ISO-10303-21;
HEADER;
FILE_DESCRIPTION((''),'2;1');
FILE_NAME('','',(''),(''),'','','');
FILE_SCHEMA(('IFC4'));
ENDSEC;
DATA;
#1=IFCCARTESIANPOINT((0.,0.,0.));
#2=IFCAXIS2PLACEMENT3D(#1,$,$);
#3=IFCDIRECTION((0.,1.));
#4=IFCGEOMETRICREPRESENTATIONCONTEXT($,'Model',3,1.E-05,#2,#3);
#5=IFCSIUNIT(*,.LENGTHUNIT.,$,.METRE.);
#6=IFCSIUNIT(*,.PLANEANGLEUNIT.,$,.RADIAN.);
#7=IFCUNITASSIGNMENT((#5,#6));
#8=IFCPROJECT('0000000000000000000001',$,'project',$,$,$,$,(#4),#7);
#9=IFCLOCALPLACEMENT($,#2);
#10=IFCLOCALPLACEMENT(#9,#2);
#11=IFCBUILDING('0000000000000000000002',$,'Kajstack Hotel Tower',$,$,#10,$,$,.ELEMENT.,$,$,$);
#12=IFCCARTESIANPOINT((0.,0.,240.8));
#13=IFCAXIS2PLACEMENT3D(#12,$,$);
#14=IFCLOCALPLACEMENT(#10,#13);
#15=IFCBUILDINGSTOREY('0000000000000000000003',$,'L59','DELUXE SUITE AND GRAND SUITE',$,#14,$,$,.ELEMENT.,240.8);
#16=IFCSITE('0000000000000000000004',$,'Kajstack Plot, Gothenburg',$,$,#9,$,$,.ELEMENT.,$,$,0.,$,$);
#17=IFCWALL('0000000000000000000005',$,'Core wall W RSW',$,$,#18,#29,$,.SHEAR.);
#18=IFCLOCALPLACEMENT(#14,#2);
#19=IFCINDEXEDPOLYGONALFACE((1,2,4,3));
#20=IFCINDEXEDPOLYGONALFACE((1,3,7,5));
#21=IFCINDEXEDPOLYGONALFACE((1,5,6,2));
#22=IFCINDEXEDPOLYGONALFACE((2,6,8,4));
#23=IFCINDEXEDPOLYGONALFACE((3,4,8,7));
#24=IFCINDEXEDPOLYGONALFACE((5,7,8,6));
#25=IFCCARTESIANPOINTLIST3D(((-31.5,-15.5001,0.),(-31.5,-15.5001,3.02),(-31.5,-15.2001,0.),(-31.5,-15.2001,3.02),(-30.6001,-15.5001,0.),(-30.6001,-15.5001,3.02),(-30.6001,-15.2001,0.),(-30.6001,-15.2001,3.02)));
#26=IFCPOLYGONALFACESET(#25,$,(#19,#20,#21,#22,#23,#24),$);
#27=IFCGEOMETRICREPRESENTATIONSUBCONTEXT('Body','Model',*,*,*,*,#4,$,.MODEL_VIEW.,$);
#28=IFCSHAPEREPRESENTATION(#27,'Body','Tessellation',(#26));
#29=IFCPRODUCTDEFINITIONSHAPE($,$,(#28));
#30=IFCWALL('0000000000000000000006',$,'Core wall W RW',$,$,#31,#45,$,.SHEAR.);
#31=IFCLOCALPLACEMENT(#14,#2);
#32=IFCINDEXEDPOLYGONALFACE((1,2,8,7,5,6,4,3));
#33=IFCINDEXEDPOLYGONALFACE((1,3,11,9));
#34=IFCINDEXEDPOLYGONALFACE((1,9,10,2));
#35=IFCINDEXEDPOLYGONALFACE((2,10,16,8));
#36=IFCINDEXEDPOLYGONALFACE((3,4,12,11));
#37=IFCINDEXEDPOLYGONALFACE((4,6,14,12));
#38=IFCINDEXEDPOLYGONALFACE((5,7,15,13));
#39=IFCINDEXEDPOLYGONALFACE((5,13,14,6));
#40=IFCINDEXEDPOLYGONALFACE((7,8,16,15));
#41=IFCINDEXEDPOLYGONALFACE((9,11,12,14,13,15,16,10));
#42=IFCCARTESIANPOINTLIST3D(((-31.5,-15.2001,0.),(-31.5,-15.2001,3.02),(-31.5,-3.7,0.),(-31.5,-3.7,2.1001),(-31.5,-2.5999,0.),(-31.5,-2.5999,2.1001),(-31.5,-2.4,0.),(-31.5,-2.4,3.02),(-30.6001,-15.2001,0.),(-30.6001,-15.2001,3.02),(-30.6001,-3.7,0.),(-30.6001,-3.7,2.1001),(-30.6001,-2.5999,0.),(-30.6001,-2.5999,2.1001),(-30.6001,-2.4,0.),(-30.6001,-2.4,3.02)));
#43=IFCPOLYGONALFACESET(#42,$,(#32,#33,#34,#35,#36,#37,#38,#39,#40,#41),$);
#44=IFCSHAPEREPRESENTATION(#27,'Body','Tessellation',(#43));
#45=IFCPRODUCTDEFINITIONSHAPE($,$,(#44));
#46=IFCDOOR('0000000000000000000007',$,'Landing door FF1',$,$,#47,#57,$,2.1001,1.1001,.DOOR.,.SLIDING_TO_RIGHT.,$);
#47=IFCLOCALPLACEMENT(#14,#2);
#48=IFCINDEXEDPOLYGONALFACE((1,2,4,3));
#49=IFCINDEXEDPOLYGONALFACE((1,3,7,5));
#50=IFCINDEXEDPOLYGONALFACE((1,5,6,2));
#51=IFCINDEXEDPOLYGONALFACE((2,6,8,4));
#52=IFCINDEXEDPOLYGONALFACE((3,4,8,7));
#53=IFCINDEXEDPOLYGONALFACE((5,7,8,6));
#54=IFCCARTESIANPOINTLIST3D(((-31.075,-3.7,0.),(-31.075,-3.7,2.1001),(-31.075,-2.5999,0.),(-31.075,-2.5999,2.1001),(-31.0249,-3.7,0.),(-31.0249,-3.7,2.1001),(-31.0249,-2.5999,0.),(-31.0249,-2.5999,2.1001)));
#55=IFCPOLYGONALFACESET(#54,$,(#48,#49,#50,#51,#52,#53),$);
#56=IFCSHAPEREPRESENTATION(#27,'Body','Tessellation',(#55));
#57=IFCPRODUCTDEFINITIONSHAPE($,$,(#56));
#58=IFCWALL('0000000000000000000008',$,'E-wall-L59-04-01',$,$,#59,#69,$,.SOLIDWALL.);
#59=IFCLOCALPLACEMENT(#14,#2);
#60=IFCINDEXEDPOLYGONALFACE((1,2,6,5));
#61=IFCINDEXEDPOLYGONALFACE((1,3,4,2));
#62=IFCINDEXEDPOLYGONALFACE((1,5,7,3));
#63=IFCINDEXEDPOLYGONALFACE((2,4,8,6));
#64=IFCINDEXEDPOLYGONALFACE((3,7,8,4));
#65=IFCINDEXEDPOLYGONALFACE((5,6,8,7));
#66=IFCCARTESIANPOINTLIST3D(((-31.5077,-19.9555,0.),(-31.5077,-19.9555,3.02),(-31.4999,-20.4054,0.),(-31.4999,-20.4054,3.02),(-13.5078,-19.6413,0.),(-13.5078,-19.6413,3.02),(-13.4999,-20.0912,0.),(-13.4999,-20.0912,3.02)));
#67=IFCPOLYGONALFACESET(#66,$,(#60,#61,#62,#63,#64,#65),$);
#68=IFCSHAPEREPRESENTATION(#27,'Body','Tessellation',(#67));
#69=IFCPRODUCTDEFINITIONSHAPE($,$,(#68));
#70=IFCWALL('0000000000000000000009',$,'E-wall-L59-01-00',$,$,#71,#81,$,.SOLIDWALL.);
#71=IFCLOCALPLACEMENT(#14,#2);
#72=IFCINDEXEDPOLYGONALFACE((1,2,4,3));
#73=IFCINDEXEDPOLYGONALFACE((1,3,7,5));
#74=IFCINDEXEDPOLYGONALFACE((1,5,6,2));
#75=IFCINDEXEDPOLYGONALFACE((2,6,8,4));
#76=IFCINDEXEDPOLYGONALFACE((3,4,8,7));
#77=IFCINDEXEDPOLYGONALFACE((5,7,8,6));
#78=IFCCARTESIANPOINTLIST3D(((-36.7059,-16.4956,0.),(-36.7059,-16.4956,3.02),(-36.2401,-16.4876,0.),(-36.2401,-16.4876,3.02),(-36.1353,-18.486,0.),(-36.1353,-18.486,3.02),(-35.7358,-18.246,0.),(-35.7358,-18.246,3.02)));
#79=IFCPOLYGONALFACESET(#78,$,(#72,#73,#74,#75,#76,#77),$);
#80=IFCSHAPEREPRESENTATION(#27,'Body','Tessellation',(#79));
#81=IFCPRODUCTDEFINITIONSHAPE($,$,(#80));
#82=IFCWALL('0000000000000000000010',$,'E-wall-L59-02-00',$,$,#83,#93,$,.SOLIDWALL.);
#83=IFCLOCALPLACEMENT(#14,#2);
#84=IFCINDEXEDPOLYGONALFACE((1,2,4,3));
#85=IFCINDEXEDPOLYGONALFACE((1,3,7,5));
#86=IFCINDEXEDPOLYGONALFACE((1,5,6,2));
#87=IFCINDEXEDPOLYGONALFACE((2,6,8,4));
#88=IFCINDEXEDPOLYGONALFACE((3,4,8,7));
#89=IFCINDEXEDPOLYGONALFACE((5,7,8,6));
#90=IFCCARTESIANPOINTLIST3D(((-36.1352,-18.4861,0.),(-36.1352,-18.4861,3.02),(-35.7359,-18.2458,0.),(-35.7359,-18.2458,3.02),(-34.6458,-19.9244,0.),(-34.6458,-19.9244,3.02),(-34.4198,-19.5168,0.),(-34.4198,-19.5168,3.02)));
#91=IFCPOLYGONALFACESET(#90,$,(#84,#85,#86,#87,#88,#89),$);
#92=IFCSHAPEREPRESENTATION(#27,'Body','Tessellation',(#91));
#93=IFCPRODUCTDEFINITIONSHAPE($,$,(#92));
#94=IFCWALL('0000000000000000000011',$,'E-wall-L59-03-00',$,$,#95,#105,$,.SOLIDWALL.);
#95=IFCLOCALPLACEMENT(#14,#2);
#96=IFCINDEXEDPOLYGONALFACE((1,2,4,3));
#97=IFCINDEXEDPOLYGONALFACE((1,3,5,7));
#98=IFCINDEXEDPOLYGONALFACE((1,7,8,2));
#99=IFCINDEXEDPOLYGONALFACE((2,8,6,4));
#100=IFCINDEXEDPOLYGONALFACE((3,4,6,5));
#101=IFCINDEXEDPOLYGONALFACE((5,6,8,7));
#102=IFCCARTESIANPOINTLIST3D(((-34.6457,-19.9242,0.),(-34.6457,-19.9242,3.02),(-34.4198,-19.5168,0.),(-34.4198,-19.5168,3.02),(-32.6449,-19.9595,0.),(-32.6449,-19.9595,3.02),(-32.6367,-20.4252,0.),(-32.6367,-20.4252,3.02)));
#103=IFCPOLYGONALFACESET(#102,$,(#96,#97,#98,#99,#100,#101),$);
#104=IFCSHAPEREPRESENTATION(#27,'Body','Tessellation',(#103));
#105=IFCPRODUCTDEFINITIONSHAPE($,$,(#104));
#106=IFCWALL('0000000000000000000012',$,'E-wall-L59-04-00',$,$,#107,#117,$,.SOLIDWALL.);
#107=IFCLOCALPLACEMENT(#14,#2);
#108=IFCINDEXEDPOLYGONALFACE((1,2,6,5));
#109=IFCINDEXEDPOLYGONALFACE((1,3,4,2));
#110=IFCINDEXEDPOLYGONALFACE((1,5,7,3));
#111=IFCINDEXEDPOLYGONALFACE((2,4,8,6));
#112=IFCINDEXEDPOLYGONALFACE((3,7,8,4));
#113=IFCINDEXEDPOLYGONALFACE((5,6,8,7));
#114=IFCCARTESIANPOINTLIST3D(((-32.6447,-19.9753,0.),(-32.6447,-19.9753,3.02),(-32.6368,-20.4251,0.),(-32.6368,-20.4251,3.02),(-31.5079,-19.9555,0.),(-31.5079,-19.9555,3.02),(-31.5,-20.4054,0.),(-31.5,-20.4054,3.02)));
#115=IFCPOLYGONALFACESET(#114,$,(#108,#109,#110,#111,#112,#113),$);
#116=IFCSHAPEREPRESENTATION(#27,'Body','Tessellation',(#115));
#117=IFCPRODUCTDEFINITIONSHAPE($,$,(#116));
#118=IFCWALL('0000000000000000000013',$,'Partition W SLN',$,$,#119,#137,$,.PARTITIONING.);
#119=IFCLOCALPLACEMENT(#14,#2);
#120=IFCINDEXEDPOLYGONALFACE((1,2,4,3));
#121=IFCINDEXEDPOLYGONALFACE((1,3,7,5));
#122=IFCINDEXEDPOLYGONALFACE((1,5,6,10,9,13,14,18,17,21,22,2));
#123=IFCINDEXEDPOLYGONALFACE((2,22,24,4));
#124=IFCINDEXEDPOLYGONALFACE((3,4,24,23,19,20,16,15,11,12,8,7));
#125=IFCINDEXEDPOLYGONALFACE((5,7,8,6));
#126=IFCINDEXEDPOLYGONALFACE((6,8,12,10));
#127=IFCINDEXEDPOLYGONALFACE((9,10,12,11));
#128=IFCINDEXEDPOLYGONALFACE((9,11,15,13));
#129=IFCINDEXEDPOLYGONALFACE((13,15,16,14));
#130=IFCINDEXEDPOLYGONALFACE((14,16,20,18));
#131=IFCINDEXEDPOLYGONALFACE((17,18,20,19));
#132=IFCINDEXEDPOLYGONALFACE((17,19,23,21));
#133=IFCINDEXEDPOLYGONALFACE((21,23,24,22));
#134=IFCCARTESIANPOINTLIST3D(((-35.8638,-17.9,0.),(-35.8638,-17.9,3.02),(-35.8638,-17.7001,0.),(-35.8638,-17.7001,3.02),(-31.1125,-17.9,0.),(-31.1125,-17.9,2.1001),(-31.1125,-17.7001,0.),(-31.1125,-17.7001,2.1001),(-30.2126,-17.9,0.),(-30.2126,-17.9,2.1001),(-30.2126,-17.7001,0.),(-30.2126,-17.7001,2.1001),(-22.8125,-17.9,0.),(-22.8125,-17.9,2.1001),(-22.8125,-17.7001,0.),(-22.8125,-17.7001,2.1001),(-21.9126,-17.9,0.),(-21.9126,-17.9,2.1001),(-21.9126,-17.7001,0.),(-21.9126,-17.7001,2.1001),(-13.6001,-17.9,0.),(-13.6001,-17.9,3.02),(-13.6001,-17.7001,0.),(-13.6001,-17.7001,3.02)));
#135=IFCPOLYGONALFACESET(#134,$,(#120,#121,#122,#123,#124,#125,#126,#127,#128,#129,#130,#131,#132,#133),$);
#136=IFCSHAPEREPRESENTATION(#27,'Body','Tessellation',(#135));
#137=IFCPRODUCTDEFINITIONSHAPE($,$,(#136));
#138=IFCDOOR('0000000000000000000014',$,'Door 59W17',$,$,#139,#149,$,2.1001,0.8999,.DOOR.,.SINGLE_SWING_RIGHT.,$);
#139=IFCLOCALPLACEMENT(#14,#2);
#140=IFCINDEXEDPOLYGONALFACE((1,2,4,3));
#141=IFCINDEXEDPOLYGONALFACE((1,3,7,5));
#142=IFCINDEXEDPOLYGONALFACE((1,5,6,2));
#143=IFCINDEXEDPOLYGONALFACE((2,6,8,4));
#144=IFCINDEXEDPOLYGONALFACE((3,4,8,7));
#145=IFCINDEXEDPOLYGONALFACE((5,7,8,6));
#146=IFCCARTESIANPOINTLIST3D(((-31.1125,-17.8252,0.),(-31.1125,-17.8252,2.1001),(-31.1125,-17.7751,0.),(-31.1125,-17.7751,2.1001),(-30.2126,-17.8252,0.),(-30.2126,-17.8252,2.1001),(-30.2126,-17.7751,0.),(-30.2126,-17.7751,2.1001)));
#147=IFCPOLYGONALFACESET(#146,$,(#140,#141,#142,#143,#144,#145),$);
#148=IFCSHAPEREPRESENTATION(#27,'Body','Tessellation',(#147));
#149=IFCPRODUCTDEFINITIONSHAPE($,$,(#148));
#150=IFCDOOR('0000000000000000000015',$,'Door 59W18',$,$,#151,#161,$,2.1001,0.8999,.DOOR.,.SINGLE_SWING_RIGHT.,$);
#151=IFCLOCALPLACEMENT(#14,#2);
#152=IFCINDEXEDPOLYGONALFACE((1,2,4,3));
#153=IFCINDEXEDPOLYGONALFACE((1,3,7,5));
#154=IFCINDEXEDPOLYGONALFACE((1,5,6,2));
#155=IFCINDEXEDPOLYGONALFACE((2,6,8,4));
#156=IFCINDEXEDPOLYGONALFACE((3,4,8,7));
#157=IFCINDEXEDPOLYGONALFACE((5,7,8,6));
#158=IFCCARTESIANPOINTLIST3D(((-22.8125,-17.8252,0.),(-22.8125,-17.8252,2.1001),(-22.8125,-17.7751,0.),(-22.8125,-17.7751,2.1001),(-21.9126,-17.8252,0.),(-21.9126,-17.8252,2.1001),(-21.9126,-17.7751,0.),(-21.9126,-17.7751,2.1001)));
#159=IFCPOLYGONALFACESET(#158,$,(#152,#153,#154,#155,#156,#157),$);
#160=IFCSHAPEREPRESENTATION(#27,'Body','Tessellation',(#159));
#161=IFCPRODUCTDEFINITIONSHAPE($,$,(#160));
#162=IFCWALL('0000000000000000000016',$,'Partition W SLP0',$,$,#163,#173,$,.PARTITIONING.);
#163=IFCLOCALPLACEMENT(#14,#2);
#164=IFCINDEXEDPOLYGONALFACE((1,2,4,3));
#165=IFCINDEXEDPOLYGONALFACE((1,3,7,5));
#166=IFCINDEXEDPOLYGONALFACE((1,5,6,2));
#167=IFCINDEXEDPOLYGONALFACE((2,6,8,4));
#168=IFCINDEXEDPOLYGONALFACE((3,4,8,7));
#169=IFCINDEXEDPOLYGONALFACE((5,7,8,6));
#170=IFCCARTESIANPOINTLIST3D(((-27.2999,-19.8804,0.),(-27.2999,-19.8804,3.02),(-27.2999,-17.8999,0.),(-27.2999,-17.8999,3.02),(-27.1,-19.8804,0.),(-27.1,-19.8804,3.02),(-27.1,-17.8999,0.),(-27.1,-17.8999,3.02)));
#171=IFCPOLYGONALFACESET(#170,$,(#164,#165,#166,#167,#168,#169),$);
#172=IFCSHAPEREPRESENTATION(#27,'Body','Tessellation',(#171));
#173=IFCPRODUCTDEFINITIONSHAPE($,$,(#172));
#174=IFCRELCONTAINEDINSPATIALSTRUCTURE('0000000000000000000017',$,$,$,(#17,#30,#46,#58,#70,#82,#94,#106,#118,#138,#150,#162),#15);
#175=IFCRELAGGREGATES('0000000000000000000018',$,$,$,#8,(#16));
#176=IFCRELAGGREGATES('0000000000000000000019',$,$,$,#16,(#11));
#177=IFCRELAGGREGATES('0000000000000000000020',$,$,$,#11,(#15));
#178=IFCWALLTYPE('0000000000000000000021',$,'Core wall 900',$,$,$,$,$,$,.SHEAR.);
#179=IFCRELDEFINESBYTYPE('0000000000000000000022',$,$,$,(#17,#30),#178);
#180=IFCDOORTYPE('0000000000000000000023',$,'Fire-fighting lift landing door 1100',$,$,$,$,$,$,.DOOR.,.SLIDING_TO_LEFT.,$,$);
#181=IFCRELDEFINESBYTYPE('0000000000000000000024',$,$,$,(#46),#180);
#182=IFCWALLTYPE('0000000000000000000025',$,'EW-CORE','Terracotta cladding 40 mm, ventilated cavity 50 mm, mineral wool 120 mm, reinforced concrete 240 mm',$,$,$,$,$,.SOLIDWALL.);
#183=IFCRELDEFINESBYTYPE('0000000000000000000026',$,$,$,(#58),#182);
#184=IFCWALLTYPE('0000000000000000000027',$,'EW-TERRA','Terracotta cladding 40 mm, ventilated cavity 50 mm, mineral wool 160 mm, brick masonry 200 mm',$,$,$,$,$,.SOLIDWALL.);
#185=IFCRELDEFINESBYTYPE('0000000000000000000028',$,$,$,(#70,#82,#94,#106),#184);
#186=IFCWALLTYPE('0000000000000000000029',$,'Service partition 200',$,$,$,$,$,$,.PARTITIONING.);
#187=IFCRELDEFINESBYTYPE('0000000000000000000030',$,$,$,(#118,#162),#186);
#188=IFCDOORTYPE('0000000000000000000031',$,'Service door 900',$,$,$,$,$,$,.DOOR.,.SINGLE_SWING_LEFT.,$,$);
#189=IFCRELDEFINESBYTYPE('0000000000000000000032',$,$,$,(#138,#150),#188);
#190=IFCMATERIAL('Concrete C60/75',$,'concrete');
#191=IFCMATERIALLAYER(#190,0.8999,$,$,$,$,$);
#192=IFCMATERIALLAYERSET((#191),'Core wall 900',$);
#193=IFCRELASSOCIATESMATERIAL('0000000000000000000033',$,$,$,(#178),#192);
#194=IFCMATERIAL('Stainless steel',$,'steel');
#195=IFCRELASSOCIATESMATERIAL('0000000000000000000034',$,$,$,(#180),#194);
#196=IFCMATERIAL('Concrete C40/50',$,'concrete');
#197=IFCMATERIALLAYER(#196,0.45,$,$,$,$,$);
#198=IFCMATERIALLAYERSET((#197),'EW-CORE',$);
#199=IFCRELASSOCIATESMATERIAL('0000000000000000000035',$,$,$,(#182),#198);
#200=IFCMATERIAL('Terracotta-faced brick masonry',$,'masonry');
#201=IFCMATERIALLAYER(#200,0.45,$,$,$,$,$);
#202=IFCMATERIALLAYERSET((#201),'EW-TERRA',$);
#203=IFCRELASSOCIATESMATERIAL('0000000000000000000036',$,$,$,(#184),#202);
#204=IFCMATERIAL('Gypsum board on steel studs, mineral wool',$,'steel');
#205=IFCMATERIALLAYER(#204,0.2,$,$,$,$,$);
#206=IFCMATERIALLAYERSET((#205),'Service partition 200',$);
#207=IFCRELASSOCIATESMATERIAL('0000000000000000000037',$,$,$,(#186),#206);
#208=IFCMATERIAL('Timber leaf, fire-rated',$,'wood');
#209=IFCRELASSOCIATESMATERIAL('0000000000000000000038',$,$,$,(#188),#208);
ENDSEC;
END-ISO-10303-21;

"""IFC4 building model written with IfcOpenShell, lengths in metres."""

from ifc_helpers import new_model, si_unit, direction, frame, frame_2d, origin, place, context, subcontext, project, spatial, polyline, rectangle, outline, extrude, material, layer, layer_set, type_object, element, fill, save


model = new_model("IFC4")

# Units and contexts
model_context = context("Model", 3, precision=1e-05, world=origin(), true_north=direction((0.0, 1.0)))
body_context = subcontext(model_context, "Body", "Model", "MODEL_VIEW")
ifc_project = project(units=[si_unit("LENGTHUNIT", "METRE"), si_unit("PLANEANGLEUNIT", "RADIAN")], contexts=[model_context])

# Site, building, storey
site_placement = place(None, origin())
site = spatial("IfcSite", under=ifc_project, at=site_placement, Name="Kajstack Plot, Gothenburg", CompositionType="ELEMENT", RefElevation=0.0)
building_placement = place(site_placement, origin())
building = spatial("IfcBuilding", under=site, at=building_placement, Name="Kajstack Hotel Tower", CompositionType="ELEMENT")
storey_placement = place(building_placement, frame((0.0, 0.0, 240.8)))
storey = spatial("IfcBuildingStorey", under=building, at=storey_placement, Name="L59", Description="DELUXE SUITE AND GRAND SUITE", CompositionType="ELEMENT", Elevation=240.8)

# Wall
ifc_material_1 = material(Name="Concrete C60/75", Category="concrete")
ifc_layer_1 = layer(ifc_material_1, 0.8999)
ifc_layer_set_1 = layer_set([ifc_layer_1], Name="Core wall 900")
wall_type_1 = type_object("IfcWallType", Name="Core wall 900", PredefinedType="SHEAR", material=ifc_layer_set_1)
wall_1_placement = place(storey_placement, frame((-31.5, -15.3501, 0.0), z_axis=(0.0, 0.0, 1.0), x_axis=(1.0, 0.0, 0.0)))
element("IfcWall", 1, at=wall_1_placement, inside=storey, type_object=wall_type_1, Name="Core wall W RSW", PredefinedType="SHEAR", context=body_context, shape_type="SweptSolid", body=[
    extrude(rectangle(XDim=0.8999, YDim=0.3, at=frame_2d((0.45, 0.0))), origin(), (0.0, 0.0, 1.0), 3.02),
])

# Wall, opening, door
wall_2_placement = place(storey_placement, frame((-31.05, -15.2, 0.0), z_axis=(0.0, 0.0, 1.0), x_axis=(0.0, 1.0, 0.0)))
wall_2 = element("IfcWall", 2, at=wall_2_placement, inside=storey, type_object=wall_type_1, Name="Core wall W RW", PredefinedType="SHEAR", context=body_context, shape_type="SweptSolid", body=[
    extrude(rectangle(XDim=12.8, YDim=0.8999, at=frame_2d((6.3999, 0.0))), origin(), (0.0, 0.0, 1.0), 3.02),
])
opening_1_placement = place(wall_2_placement, frame((11.5, 0.0, 0.0)))
opening_1 = element("IfcOpeningElement", 3, at=opening_1_placement, cuts=wall_2, PredefinedType="OPENING", context=body_context, shape_type="SweptSolid", body=[
    extrude(rectangle(XDim=1.1001, YDim=2.1001, at=frame_2d((0.55, 1.05))), frame((0.0, 0.46, 0.0), z_axis=(0.0, -1.0, 0.0), x_axis=(1.0, 0.0, 0.0)), (0.0, 0.0, 1.0), 0.9199),
])
ifc_material_2 = material(Name="Stainless steel", Category="steel")
door_type_1 = type_object("IfcDoorType", Name="Fire-fighting lift landing door 1100", OperationType="SLIDING_TO_LEFT", PredefinedType="DOOR", material=ifc_material_2)
door_1_placement = place(opening_1_placement, origin())
door_1 = element("IfcDoor", 4, at=door_1_placement, inside=storey, type_object=door_type_1, Name="Landing door FF1", OperationType="SLIDING_TO_RIGHT", OverallHeight=2.1001, OverallWidth=1.1001, PredefinedType="DOOR", context=body_context, shape_type="SweptSolid", body=[
    extrude(rectangle(XDim=1.1001, YDim=2.1001, at=frame_2d((0.55, 1.05))), frame((0.0, 0.0249, 0.0), z_axis=(0.0, -1.0, 0.0), x_axis=(1.0, 0.0, 0.0)), (0.0, 0.0, 1.0), 0.05),
])
fill(opening_1, door_1)

# Walls
ifc_material_3 = material(Name="Concrete C40/50", Category="concrete")
ifc_layer_2 = layer(ifc_material_3, 0.45)
ifc_layer_set_2 = layer_set([ifc_layer_2], Name="EW-CORE")
wall_type_2 = type_object("IfcWallType", Name="EW-CORE", Description="Terracotta cladding 40 mm, ventilated cavity 50 mm, mineral wool 120 mm, reinforced concrete 240 mm", PredefinedType="SOLIDWALL", material=ifc_layer_set_2)
wall_3_placement = place(storey_placement, frame((-31.5039, -20.1804, 0.0), z_axis=(0.0, 0.0, 1.0), x_axis=(0.999848, 0.017453, 0.0)))
element("IfcWall", 5, at=wall_3_placement, inside=storey, type_object=wall_type_2, Name="E-wall-L59-04-01", PredefinedType="SOLIDWALL", context=body_context, shape_type="SweptSolid", body=[
    extrude(rectangle(XDim=18.0027, YDim=0.45, at=frame_2d((9.0015, 0.0))), origin(), (0.0, 0.0, 1.0), 3.02),
])
ifc_material_4 = material(Name="Terracotta-faced brick masonry", Category="masonry")
ifc_layer_3 = layer(ifc_material_4, 0.45)
ifc_layer_set_3 = layer_set([ifc_layer_3], Name="EW-TERRA")
wall_type_3 = type_object("IfcWallType", Name="EW-TERRA", Description="Terracotta cladding 40 mm, ventilated cavity 50 mm, mineral wool 160 mm, brick masonry 200 mm", PredefinedType="SOLIDWALL", material=ifc_layer_set_3)
wall_4_placement = place(storey_placement, frame((-36.4895, -16.4336, 0.0), z_axis=(0.0, 0.0, 1.0), x_axis=(0.275578, -0.961279, 0.0)))
element("IfcWall", 6, at=wall_4_placement, inside=storey, type_object=wall_type_3, Name="E-wall-L59-01-00", PredefinedType="SOLIDWALL", context=body_context, shape_type="SweptSolid", body=[
    extrude(outline(polyline([(0.0, -0.2251), (2.0706, -0.2251), (1.95, 0.2251), (0.1206, 0.2249), (0.0, -0.2251)])), origin(), (0.0, 0.0, 1.0), 3.02),
])
wall_5_placement = place(storey_placement, frame((-35.979, -18.324, 0.0), z_axis=(0.0, 0.0, 1.0), x_axis=(0.71932, -0.694679, 0.0)))
element("IfcWall", 7, at=wall_5_placement, inside=storey, type_object=wall_type_3, Name="E-wall-L59-02-00", PredefinedType="SOLIDWALL", context=body_context, shape_type="SweptSolid", body=[
    extrude(outline(polyline([(0.0002, -0.2251), (2.0708, -0.2251), (1.9502, 0.2251), (0.1206, 0.2251), (0.0002, -0.2251)])), origin(), (0.0, 0.0, 1.0), 3.02),
])
wall_6_placement = place(storey_placement, frame((-34.5913, -19.7061, 0.0), z_axis=(0.0, 0.0, 1.0), x_axis=(0.970316, -0.241842, 0.0)))
element("IfcWall", 8, at=wall_6_placement, inside=storey, type_object=wall_type_3, Name="E-wall-L59-03-00", PredefinedType="SOLIDWALL", context=body_context, shape_type="SweptSolid", body=[
    extrude(outline(polyline([(0.0, -0.2249), (2.0706, -0.2251), (1.95, 0.2249), (0.1206, 0.2251), (0.0, -0.2249)])), origin(), (0.0, 0.0, 1.0), 3.02),
])
wall_7_placement = place(storey_placement, frame((-32.6406, -20.2002, 0.0), z_axis=(0.0, 0.0, 1.0), x_axis=(0.999849, 0.017394, 0.0)))
element("IfcWall", 9, at=wall_7_placement, inside=storey, type_object=wall_type_3, Name="E-wall-L59-04-00", PredefinedType="SOLIDWALL", context=body_context, shape_type="SweptSolid", body=[
    extrude(rectangle(XDim=1.137, YDim=0.45, at=frame_2d((0.5684, 0.0))), origin(), (0.0, 0.0, 1.0), 3.02),
])

# Wall, openings, doors
ifc_material_5 = material(Name="Gypsum board on steel studs, mineral wool", Category="steel")
ifc_layer_4 = layer(ifc_material_5, 0.2)
ifc_layer_set_4 = layer_set([ifc_layer_4], Name="Service partition 200")
wall_type_4 = type_object("IfcWallType", Name="Service partition 200", PredefinedType="PARTITIONING", material=ifc_layer_set_4)
wall_8_placement = place(storey_placement, frame((-35.8638, -17.8, 0.0), z_axis=(0.0, 0.0, 1.0), x_axis=(1.0, 0.0, 0.0)))
wall_8 = element("IfcWall", 10, at=wall_8_placement, inside=storey, type_object=wall_type_4, Name="Partition W SLN", PredefinedType="PARTITIONING", context=body_context, shape_type="SweptSolid", body=[
    extrude(rectangle(XDim=22.2637, YDim=0.2, at=frame_2d((11.1318, 0.0))), origin(), (0.0, 0.0, 1.0), 3.02),
])
opening_2_placement = place(wall_8_placement, frame((4.7512, 0.0, 0.0)))
opening_2 = element("IfcOpeningElement", 11, at=opening_2_placement, cuts=wall_8, PredefinedType="OPENING", context=body_context, shape_type="SweptSolid", body=[
    extrude(rectangle(XDim=0.8999, YDim=2.1001, at=frame_2d((0.45, 1.05))), frame((0.0, 0.1099, 0.0), z_axis=(0.0, -1.0, 0.0), x_axis=(1.0, 0.0, 0.0)), (0.0, 0.0, 1.0), 0.22),
])
opening_3_placement = place(wall_8_placement, frame((13.0513, 0.0, 0.0)))
opening_3 = element("IfcOpeningElement", 12, at=opening_3_placement, cuts=wall_8, PredefinedType="OPENING", context=body_context, shape_type="SweptSolid", body=[
    extrude(rectangle(XDim=0.8999, YDim=2.1001, at=frame_2d((0.45, 1.05))), frame((0.0, 0.1099, 0.0), z_axis=(0.0, -1.0, 0.0), x_axis=(1.0, 0.0, 0.0)), (0.0, 0.0, 1.0), 0.22),
])
ifc_material_6 = material(Name="Timber leaf, fire-rated", Category="wood")
door_type_2 = type_object("IfcDoorType", Name="Service door 900", OperationType="SINGLE_SWING_LEFT", PredefinedType="DOOR", material=ifc_material_6)
door_2_placement = place(opening_2_placement, origin())
door_2 = element("IfcDoor", 13, at=door_2_placement, inside=storey, type_object=door_type_2, Name="Door 59W17", OperationType="SINGLE_SWING_RIGHT", OverallHeight=2.1001, OverallWidth=0.8999, PredefinedType="DOOR", context=body_context, shape_type="SweptSolid", body=[
    extrude(rectangle(XDim=0.8999, YDim=2.1001, at=frame_2d((0.45, 1.05))), frame((0.0, 0.0249, 0.0), z_axis=(0.0, -1.0, 0.0), x_axis=(1.0, 0.0, 0.0)), (0.0, 0.0, 1.0), 0.05),
])
fill(opening_2, door_2)
door_3_placement = place(opening_3_placement, origin())
door_3 = element("IfcDoor", 14, at=door_3_placement, inside=storey, type_object=door_type_2, Name="Door 59W18", OperationType="SINGLE_SWING_RIGHT", OverallHeight=2.1001, OverallWidth=0.8999, PredefinedType="DOOR", context=body_context, shape_type="SweptSolid", body=[
    extrude(rectangle(XDim=0.8999, YDim=2.1001, at=frame_2d((0.45, 1.05))), frame((0.0, 0.0249, 0.0), z_axis=(0.0, -1.0, 0.0), x_axis=(1.0, 0.0, 0.0)), (0.0, 0.0, 1.0), 0.05),
])
fill(opening_3, door_3)

# Wall
wall_9_placement = place(storey_placement, frame((-27.2, -19.8804, 0.0), z_axis=(0.0, 0.0, 1.0), x_axis=(0.0, 1.0, 0.0)))
element("IfcWall", 15, at=wall_9_placement, inside=storey, type_object=wall_type_4, Name="Partition W SLP0", PredefinedType="PARTITIONING", context=body_context, shape_type="SweptSolid", body=[
    extrude(rectangle(XDim=1.9805, YDim=0.2, at=frame_2d((0.9902, 0.0))), origin(), (0.0, 0.0, 1.0), 3.02),
])

save(model, "model.ifc")
